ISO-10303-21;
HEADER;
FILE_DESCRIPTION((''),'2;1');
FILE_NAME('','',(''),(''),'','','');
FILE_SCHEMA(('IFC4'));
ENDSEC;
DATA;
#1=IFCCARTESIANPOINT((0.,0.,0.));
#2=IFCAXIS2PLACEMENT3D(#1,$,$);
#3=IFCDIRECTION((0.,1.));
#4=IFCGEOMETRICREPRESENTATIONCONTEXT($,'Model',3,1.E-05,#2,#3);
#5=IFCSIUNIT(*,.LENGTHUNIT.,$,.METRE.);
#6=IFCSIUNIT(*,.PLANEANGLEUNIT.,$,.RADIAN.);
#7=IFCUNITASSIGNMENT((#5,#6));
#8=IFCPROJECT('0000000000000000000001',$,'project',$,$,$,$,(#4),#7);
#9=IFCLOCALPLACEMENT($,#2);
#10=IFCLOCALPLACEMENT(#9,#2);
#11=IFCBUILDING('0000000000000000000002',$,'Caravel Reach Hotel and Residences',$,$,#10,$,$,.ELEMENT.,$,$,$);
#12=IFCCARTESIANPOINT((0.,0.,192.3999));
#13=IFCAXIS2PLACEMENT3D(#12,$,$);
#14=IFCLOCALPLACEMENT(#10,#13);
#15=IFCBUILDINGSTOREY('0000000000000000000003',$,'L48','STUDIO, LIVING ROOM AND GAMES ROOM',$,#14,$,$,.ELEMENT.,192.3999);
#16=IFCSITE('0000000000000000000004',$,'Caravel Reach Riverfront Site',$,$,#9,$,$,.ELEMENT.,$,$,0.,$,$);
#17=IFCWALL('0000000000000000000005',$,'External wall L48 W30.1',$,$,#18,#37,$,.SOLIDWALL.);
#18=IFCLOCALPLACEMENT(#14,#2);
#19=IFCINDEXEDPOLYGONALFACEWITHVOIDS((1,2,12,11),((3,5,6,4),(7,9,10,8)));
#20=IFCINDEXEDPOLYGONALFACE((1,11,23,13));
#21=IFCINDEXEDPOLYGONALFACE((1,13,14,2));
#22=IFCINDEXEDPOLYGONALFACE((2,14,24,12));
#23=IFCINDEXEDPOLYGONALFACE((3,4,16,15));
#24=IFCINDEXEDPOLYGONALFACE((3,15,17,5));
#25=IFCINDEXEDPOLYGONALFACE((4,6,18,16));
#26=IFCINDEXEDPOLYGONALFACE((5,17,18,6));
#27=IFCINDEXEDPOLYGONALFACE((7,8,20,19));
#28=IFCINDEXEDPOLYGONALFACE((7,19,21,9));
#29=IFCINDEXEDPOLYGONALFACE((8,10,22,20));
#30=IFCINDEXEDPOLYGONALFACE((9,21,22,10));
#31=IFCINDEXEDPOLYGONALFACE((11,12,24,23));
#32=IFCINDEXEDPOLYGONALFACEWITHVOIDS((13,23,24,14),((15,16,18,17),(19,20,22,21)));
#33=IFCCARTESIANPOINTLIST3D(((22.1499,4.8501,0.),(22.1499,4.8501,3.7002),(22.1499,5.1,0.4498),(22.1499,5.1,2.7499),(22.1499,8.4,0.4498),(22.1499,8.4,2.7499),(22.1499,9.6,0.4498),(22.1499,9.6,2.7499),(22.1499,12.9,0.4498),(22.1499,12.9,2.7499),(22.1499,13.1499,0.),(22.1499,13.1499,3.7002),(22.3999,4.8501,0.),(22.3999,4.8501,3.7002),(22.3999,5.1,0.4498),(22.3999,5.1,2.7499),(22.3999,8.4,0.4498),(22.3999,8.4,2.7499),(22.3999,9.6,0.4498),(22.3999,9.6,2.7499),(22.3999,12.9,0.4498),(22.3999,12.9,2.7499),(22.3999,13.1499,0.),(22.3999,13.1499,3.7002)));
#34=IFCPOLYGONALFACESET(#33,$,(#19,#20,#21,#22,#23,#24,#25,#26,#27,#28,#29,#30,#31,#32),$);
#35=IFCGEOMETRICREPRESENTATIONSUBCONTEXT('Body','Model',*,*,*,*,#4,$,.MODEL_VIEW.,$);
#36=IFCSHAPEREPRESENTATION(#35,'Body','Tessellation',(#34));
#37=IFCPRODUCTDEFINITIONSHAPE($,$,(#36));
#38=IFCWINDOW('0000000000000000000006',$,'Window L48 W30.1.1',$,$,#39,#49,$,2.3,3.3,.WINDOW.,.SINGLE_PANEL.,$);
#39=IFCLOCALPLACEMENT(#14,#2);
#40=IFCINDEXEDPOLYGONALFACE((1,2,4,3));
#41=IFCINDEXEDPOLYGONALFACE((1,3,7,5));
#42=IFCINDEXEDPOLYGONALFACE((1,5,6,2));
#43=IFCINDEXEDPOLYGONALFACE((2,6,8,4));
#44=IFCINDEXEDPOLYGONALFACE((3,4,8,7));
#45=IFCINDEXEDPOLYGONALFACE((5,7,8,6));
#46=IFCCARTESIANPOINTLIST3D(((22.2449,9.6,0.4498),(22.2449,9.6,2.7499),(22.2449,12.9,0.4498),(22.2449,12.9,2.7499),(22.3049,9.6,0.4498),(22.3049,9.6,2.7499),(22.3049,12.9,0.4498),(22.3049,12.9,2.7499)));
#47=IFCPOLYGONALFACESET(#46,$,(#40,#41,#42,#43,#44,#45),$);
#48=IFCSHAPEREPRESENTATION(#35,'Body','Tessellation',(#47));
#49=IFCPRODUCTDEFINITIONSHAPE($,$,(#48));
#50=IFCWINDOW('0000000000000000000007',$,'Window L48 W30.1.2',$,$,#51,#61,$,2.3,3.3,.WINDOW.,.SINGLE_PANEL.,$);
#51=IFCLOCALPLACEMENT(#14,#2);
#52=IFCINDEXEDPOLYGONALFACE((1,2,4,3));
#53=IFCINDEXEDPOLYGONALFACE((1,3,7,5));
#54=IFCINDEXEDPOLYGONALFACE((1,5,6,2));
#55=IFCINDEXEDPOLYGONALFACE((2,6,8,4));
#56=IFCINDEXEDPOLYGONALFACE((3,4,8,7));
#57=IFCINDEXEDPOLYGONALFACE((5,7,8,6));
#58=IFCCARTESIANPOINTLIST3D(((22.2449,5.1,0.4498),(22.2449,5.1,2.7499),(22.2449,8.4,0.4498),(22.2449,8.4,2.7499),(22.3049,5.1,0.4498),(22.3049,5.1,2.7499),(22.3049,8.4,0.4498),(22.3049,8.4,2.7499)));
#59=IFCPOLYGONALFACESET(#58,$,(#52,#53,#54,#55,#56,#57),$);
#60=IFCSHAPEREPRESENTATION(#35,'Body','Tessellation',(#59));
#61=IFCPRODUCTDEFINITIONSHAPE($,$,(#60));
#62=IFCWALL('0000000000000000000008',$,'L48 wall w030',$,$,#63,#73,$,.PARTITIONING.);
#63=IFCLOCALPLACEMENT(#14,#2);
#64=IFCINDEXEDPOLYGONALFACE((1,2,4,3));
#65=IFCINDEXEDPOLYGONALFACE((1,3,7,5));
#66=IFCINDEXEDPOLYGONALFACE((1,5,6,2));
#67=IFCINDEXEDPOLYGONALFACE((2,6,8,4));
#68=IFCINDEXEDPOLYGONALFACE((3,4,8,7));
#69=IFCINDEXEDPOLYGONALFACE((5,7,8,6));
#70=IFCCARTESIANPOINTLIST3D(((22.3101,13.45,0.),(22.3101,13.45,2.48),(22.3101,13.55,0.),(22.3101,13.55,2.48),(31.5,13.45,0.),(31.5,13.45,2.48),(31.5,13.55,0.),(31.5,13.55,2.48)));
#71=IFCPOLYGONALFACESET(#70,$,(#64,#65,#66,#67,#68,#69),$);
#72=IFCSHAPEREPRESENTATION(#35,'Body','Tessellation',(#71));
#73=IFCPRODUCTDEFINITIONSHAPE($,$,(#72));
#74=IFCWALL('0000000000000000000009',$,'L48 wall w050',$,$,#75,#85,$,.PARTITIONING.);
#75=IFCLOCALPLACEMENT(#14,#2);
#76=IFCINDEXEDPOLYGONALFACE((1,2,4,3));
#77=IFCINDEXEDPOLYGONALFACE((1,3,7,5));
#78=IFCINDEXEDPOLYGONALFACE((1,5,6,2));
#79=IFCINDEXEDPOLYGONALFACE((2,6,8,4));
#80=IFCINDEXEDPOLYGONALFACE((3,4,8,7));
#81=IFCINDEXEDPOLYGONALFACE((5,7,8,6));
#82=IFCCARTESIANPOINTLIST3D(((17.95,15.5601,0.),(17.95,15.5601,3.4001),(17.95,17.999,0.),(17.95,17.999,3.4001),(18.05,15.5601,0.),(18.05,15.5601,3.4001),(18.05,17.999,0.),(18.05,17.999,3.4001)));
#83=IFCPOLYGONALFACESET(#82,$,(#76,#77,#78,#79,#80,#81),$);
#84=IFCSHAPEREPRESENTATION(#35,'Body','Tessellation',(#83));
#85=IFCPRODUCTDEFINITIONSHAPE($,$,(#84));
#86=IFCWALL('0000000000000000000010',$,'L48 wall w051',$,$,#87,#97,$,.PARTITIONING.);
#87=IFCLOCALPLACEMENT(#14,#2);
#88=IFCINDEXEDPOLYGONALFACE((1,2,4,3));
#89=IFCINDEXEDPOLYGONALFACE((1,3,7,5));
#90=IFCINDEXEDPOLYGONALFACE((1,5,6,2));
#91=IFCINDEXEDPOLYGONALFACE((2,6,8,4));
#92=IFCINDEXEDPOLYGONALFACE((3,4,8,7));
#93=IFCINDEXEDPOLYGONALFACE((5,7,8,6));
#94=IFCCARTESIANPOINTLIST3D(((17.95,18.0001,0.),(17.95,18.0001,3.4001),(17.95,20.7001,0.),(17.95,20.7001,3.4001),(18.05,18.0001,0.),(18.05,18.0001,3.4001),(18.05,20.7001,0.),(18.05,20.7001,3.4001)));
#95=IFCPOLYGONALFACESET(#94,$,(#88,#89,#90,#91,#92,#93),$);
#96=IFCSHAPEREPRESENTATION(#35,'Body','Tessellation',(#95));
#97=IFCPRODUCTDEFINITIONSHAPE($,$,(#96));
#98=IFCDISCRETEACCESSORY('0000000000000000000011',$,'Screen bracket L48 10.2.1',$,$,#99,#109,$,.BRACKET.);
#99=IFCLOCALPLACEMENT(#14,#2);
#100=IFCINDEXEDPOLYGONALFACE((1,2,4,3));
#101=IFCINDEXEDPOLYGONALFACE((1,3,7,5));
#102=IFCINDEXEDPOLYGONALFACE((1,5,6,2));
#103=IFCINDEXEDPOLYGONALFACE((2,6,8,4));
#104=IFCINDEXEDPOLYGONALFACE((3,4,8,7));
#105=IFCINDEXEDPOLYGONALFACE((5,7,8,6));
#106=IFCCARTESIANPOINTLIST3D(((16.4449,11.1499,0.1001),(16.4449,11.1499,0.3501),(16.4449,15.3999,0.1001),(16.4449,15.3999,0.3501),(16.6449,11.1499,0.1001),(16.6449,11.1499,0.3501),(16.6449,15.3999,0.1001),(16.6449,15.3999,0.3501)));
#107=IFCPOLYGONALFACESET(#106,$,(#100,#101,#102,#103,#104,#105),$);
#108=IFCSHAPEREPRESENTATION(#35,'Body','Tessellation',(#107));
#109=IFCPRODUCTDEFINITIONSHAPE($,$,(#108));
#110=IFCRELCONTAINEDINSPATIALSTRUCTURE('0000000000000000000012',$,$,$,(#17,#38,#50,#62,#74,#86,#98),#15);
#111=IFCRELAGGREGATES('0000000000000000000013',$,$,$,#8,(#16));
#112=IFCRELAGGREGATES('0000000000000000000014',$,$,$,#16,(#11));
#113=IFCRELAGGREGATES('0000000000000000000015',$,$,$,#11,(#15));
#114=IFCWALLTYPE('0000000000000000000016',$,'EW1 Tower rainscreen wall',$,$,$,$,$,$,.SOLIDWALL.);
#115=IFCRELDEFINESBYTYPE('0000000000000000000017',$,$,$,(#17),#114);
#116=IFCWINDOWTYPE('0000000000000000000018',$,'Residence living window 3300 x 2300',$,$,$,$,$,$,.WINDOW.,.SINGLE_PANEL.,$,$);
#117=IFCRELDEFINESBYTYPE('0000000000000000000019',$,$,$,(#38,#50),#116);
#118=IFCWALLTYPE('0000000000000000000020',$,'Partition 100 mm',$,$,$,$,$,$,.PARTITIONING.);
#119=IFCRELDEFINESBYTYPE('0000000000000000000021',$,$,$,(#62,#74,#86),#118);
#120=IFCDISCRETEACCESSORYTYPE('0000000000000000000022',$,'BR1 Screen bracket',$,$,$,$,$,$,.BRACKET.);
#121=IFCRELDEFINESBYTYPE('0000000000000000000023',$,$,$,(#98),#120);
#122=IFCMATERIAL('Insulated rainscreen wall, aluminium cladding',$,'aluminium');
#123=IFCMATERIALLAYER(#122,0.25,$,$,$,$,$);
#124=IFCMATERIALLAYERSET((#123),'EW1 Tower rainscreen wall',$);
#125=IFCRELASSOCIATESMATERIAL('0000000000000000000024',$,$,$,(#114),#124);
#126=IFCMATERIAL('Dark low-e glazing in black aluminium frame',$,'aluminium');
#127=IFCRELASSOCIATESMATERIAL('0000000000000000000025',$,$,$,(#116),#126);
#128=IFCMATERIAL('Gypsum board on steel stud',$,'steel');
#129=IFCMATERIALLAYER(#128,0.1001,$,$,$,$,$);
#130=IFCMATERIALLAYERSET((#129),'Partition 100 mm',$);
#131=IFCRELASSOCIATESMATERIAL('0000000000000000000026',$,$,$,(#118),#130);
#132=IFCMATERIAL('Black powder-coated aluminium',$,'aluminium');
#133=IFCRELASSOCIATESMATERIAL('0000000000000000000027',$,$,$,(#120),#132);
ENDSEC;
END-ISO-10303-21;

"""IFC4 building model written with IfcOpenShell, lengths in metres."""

from ifc_helpers import new_model, si_unit, direction, frame, frame_2d, origin, origin_2d, place, context, subcontext, project, spatial, rectangle, extrude, material, layer, layer_set, type_object, element, fill, save


model = new_model("IFC4")

# Units and contexts
model_context = context("Model", 3, precision=1e-05, world=origin(), true_north=direction((0.0, 1.0)))
body_context = subcontext(model_context, "Body", "Model", "MODEL_VIEW")
ifc_project = project(units=[si_unit("LENGTHUNIT", "METRE"), si_unit("PLANEANGLEUNIT", "RADIAN")], contexts=[model_context])

# Site, building, storey
site_placement = place(None, origin())
site = spatial("IfcSite", under=ifc_project, at=site_placement, Name="Caravel Reach Riverfront Site", CompositionType="ELEMENT", RefElevation=0.0)
building_placement = place(site_placement, origin())
building = spatial("IfcBuilding", under=site, at=building_placement, Name="Caravel Reach Hotel and Residences", CompositionType="ELEMENT")
storey_placement = place(building_placement, frame((0.0, 0.0, 192.3999)))
storey = spatial("IfcBuildingStorey", under=building, at=storey_placement, Name="L48", Description="STUDIO, LIVING ROOM AND GAMES ROOM", CompositionType="ELEMENT", Elevation=192.3999)

# Shared definitions
ifc_material_1 = material(Name="Insulated rainscreen wall, aluminium cladding", Category="aluminium")
ifc_layer_1 = layer(ifc_material_1, 0.25)
ifc_layer_set_1 = layer_set([ifc_layer_1], Name="EW1 Tower rainscreen wall")
wall_type_1 = type_object("IfcWallType", Name="EW1 Tower rainscreen wall", PredefinedType="SOLIDWALL", material=ifc_layer_set_1)
ifc_material_2 = material(Name="Dark low-e glazing in black aluminium frame", Category="aluminium")
window_type_1 = type_object("IfcWindowType", Name="Residence living window 3300 x 2300", PartitioningType="SINGLE_PANEL", PredefinedType="WINDOW", material=ifc_material_2)

# Wall, openings, windows
wall_1_placement = place(storey_placement, frame((22.2749, 13.1499, 0.0), z_axis=(0.0, 0.0, 1.0), x_axis=(0.0, -1.0, 0.0)))
wall_1 = element("IfcWall", 1, at=wall_1_placement, inside=storey, type_object=wall_type_1, Name="External wall L48 W30.1", PredefinedType="SOLIDWALL", context=body_context, shape_type="SweptSolid", body=[
    extrude(rectangle(XDim=8.2998, YDim=0.25, at=frame_2d((4.1499, 0.0))), origin(), (0.0, 0.0, 1.0), 3.7002),
])
opening_1_placement = place(wall_1_placement, frame((0.25, 0.0, 0.45)))
opening_1 = element("IfcOpeningElement", 2, at=opening_1_placement, cuts=wall_1, PredefinedType="OPENING", context=body_context, shape_type="SweptSolid", body=[
    extrude(rectangle(XDim=3.3, YDim=2.3, at=frame_2d((1.6499, 1.1499))), frame((0.0, 0.135, 0.0), z_axis=(0.0, -1.0, 0.0), x_axis=(1.0, 0.0, 0.0)), (0.0, 0.0, 1.0), 0.27),
])
opening_2_placement = place(wall_1_placement, frame((4.75, 0.0, 0.45)))
opening_2 = element("IfcOpeningElement", 3, at=opening_2_placement, cuts=wall_1, PredefinedType="OPENING", context=body_context, shape_type="SweptSolid", body=[
    extrude(rectangle(XDim=3.3, YDim=2.3, at=frame_2d((1.6499, 1.1499))), frame((0.0, 0.135, 0.0), z_axis=(0.0, -1.0, 0.0), x_axis=(1.0, 0.0, 0.0)), (0.0, 0.0, 1.0), 0.27),
])
window_1_placement = place(opening_1_placement, origin())
window_1 = element("IfcWindow", 4, at=window_1_placement, inside=storey, type_object=window_type_1, Name="Window L48 W30.1.1", OverallHeight=2.3, OverallWidth=3.3, PartitioningType="SINGLE_PANEL", PredefinedType="WINDOW", context=body_context, shape_type="SweptSolid", body=[
    extrude(rectangle(XDim=3.3, YDim=2.3, at=frame_2d((1.6499, 1.1499))), frame((0.0, 0.03, 0.0), z_axis=(0.0, -1.0, 0.0), x_axis=(1.0, 0.0, 0.0)), (0.0, 0.0, 1.0), 0.0601),
])
fill(opening_1, window_1)
window_2_placement = place(opening_2_placement, origin())
window_2 = element("IfcWindow", 5, at=window_2_placement, inside=storey, type_object=window_type_1, Name="Window L48 W30.1.2", OverallHeight=2.3, OverallWidth=3.3, PartitioningType="SINGLE_PANEL", PredefinedType="WINDOW", context=body_context, shape_type="SweptSolid", body=[
    extrude(rectangle(XDim=3.3, YDim=2.3, at=frame_2d((1.6499, 1.1499))), frame((0.0, 0.03, 0.0), z_axis=(0.0, -1.0, 0.0), x_axis=(1.0, 0.0, 0.0)), (0.0, 0.0, 1.0), 0.0601),
])
fill(opening_2, window_2)

# Walls
ifc_material_3 = material(Name="Gypsum board on steel stud", Category="steel")
ifc_layer_2 = layer(ifc_material_3, 0.1001)
ifc_layer_set_2 = layer_set([ifc_layer_2], Name="Partition 100 mm")
wall_type_2 = type_object("IfcWallType", Name="Partition 100 mm", PredefinedType="PARTITIONING", material=ifc_layer_set_2)
wall_2_placement = place(storey_placement, frame((22.3101, 13.5, 0.0), z_axis=(0.0, 0.0, 1.0), x_axis=(1.0, 0.0, 0.0)))
element("IfcWall", 6, at=wall_2_placement, inside=storey, type_object=wall_type_2, Name="L48 wall w030", PredefinedType="PARTITIONING", context=body_context, shape_type="SweptSolid", body=[
    extrude(rectangle(XDim=9.1899, YDim=0.1001, at=frame_2d((4.595, 0.0))), origin(), (0.0, 0.0, 1.0), 2.48),
])
wall_3_placement = place(storey_placement, frame((18.0, 15.5601, 0.0), z_axis=(0.0, 0.0, 1.0), x_axis=(0.0, 1.0, 0.0)))
element("IfcWall", 7, at=wall_3_placement, inside=storey, type_object=wall_type_2, Name="L48 wall w050", PredefinedType="PARTITIONING", context=body_context, shape_type="SweptSolid", body=[
    extrude(rectangle(XDim=2.439, YDim=0.1001, at=frame_2d((1.2195, 0.0))), origin(), (0.0, 0.0, 1.0), 3.4001),
])
wall_4_placement = place(storey_placement, frame((18.0, 18.0, 0.0), z_axis=(0.0, 0.0, 1.0), x_axis=(0.0, 1.0, 0.0)))
element("IfcWall", 8, at=wall_4_placement, inside=storey, type_object=wall_type_2, Name="L48 wall w051", PredefinedType="PARTITIONING", context=body_context, shape_type="SweptSolid", body=[
    extrude(rectangle(XDim=2.7, YDim=0.1001, at=frame_2d((1.3501, 0.0))), origin(), (0.0, 0.0, 1.0), 3.4001),
])

# Discrete accessory
ifc_material_4 = material(Name="Black powder-coated aluminium", Category="aluminium")
discrete_accessory_type = type_object("IfcDiscreteAccessoryType", Name="BR1 Screen bracket", PredefinedType="BRACKET", material=ifc_material_4)
discrete_accessory_placement = place(storey_placement, frame((16.5449, 13.2749, 0.1001), z_axis=(0.0, 0.0, 1.0), x_axis=(0.0, -1.0, 0.0)))
element("IfcDiscreteAccessory", 9, at=discrete_accessory_placement, inside=storey, type_object=discrete_accessory_type, Name="Screen bracket L48 10.2.1", PredefinedType="BRACKET", context=body_context, shape_type="SweptSolid", body=[
    extrude(rectangle(XDim=4.25, YDim=0.2, at=origin_2d()), origin(), (0.0, 0.0, 1.0), 0.25),
])

save(model, "model.ifc")
